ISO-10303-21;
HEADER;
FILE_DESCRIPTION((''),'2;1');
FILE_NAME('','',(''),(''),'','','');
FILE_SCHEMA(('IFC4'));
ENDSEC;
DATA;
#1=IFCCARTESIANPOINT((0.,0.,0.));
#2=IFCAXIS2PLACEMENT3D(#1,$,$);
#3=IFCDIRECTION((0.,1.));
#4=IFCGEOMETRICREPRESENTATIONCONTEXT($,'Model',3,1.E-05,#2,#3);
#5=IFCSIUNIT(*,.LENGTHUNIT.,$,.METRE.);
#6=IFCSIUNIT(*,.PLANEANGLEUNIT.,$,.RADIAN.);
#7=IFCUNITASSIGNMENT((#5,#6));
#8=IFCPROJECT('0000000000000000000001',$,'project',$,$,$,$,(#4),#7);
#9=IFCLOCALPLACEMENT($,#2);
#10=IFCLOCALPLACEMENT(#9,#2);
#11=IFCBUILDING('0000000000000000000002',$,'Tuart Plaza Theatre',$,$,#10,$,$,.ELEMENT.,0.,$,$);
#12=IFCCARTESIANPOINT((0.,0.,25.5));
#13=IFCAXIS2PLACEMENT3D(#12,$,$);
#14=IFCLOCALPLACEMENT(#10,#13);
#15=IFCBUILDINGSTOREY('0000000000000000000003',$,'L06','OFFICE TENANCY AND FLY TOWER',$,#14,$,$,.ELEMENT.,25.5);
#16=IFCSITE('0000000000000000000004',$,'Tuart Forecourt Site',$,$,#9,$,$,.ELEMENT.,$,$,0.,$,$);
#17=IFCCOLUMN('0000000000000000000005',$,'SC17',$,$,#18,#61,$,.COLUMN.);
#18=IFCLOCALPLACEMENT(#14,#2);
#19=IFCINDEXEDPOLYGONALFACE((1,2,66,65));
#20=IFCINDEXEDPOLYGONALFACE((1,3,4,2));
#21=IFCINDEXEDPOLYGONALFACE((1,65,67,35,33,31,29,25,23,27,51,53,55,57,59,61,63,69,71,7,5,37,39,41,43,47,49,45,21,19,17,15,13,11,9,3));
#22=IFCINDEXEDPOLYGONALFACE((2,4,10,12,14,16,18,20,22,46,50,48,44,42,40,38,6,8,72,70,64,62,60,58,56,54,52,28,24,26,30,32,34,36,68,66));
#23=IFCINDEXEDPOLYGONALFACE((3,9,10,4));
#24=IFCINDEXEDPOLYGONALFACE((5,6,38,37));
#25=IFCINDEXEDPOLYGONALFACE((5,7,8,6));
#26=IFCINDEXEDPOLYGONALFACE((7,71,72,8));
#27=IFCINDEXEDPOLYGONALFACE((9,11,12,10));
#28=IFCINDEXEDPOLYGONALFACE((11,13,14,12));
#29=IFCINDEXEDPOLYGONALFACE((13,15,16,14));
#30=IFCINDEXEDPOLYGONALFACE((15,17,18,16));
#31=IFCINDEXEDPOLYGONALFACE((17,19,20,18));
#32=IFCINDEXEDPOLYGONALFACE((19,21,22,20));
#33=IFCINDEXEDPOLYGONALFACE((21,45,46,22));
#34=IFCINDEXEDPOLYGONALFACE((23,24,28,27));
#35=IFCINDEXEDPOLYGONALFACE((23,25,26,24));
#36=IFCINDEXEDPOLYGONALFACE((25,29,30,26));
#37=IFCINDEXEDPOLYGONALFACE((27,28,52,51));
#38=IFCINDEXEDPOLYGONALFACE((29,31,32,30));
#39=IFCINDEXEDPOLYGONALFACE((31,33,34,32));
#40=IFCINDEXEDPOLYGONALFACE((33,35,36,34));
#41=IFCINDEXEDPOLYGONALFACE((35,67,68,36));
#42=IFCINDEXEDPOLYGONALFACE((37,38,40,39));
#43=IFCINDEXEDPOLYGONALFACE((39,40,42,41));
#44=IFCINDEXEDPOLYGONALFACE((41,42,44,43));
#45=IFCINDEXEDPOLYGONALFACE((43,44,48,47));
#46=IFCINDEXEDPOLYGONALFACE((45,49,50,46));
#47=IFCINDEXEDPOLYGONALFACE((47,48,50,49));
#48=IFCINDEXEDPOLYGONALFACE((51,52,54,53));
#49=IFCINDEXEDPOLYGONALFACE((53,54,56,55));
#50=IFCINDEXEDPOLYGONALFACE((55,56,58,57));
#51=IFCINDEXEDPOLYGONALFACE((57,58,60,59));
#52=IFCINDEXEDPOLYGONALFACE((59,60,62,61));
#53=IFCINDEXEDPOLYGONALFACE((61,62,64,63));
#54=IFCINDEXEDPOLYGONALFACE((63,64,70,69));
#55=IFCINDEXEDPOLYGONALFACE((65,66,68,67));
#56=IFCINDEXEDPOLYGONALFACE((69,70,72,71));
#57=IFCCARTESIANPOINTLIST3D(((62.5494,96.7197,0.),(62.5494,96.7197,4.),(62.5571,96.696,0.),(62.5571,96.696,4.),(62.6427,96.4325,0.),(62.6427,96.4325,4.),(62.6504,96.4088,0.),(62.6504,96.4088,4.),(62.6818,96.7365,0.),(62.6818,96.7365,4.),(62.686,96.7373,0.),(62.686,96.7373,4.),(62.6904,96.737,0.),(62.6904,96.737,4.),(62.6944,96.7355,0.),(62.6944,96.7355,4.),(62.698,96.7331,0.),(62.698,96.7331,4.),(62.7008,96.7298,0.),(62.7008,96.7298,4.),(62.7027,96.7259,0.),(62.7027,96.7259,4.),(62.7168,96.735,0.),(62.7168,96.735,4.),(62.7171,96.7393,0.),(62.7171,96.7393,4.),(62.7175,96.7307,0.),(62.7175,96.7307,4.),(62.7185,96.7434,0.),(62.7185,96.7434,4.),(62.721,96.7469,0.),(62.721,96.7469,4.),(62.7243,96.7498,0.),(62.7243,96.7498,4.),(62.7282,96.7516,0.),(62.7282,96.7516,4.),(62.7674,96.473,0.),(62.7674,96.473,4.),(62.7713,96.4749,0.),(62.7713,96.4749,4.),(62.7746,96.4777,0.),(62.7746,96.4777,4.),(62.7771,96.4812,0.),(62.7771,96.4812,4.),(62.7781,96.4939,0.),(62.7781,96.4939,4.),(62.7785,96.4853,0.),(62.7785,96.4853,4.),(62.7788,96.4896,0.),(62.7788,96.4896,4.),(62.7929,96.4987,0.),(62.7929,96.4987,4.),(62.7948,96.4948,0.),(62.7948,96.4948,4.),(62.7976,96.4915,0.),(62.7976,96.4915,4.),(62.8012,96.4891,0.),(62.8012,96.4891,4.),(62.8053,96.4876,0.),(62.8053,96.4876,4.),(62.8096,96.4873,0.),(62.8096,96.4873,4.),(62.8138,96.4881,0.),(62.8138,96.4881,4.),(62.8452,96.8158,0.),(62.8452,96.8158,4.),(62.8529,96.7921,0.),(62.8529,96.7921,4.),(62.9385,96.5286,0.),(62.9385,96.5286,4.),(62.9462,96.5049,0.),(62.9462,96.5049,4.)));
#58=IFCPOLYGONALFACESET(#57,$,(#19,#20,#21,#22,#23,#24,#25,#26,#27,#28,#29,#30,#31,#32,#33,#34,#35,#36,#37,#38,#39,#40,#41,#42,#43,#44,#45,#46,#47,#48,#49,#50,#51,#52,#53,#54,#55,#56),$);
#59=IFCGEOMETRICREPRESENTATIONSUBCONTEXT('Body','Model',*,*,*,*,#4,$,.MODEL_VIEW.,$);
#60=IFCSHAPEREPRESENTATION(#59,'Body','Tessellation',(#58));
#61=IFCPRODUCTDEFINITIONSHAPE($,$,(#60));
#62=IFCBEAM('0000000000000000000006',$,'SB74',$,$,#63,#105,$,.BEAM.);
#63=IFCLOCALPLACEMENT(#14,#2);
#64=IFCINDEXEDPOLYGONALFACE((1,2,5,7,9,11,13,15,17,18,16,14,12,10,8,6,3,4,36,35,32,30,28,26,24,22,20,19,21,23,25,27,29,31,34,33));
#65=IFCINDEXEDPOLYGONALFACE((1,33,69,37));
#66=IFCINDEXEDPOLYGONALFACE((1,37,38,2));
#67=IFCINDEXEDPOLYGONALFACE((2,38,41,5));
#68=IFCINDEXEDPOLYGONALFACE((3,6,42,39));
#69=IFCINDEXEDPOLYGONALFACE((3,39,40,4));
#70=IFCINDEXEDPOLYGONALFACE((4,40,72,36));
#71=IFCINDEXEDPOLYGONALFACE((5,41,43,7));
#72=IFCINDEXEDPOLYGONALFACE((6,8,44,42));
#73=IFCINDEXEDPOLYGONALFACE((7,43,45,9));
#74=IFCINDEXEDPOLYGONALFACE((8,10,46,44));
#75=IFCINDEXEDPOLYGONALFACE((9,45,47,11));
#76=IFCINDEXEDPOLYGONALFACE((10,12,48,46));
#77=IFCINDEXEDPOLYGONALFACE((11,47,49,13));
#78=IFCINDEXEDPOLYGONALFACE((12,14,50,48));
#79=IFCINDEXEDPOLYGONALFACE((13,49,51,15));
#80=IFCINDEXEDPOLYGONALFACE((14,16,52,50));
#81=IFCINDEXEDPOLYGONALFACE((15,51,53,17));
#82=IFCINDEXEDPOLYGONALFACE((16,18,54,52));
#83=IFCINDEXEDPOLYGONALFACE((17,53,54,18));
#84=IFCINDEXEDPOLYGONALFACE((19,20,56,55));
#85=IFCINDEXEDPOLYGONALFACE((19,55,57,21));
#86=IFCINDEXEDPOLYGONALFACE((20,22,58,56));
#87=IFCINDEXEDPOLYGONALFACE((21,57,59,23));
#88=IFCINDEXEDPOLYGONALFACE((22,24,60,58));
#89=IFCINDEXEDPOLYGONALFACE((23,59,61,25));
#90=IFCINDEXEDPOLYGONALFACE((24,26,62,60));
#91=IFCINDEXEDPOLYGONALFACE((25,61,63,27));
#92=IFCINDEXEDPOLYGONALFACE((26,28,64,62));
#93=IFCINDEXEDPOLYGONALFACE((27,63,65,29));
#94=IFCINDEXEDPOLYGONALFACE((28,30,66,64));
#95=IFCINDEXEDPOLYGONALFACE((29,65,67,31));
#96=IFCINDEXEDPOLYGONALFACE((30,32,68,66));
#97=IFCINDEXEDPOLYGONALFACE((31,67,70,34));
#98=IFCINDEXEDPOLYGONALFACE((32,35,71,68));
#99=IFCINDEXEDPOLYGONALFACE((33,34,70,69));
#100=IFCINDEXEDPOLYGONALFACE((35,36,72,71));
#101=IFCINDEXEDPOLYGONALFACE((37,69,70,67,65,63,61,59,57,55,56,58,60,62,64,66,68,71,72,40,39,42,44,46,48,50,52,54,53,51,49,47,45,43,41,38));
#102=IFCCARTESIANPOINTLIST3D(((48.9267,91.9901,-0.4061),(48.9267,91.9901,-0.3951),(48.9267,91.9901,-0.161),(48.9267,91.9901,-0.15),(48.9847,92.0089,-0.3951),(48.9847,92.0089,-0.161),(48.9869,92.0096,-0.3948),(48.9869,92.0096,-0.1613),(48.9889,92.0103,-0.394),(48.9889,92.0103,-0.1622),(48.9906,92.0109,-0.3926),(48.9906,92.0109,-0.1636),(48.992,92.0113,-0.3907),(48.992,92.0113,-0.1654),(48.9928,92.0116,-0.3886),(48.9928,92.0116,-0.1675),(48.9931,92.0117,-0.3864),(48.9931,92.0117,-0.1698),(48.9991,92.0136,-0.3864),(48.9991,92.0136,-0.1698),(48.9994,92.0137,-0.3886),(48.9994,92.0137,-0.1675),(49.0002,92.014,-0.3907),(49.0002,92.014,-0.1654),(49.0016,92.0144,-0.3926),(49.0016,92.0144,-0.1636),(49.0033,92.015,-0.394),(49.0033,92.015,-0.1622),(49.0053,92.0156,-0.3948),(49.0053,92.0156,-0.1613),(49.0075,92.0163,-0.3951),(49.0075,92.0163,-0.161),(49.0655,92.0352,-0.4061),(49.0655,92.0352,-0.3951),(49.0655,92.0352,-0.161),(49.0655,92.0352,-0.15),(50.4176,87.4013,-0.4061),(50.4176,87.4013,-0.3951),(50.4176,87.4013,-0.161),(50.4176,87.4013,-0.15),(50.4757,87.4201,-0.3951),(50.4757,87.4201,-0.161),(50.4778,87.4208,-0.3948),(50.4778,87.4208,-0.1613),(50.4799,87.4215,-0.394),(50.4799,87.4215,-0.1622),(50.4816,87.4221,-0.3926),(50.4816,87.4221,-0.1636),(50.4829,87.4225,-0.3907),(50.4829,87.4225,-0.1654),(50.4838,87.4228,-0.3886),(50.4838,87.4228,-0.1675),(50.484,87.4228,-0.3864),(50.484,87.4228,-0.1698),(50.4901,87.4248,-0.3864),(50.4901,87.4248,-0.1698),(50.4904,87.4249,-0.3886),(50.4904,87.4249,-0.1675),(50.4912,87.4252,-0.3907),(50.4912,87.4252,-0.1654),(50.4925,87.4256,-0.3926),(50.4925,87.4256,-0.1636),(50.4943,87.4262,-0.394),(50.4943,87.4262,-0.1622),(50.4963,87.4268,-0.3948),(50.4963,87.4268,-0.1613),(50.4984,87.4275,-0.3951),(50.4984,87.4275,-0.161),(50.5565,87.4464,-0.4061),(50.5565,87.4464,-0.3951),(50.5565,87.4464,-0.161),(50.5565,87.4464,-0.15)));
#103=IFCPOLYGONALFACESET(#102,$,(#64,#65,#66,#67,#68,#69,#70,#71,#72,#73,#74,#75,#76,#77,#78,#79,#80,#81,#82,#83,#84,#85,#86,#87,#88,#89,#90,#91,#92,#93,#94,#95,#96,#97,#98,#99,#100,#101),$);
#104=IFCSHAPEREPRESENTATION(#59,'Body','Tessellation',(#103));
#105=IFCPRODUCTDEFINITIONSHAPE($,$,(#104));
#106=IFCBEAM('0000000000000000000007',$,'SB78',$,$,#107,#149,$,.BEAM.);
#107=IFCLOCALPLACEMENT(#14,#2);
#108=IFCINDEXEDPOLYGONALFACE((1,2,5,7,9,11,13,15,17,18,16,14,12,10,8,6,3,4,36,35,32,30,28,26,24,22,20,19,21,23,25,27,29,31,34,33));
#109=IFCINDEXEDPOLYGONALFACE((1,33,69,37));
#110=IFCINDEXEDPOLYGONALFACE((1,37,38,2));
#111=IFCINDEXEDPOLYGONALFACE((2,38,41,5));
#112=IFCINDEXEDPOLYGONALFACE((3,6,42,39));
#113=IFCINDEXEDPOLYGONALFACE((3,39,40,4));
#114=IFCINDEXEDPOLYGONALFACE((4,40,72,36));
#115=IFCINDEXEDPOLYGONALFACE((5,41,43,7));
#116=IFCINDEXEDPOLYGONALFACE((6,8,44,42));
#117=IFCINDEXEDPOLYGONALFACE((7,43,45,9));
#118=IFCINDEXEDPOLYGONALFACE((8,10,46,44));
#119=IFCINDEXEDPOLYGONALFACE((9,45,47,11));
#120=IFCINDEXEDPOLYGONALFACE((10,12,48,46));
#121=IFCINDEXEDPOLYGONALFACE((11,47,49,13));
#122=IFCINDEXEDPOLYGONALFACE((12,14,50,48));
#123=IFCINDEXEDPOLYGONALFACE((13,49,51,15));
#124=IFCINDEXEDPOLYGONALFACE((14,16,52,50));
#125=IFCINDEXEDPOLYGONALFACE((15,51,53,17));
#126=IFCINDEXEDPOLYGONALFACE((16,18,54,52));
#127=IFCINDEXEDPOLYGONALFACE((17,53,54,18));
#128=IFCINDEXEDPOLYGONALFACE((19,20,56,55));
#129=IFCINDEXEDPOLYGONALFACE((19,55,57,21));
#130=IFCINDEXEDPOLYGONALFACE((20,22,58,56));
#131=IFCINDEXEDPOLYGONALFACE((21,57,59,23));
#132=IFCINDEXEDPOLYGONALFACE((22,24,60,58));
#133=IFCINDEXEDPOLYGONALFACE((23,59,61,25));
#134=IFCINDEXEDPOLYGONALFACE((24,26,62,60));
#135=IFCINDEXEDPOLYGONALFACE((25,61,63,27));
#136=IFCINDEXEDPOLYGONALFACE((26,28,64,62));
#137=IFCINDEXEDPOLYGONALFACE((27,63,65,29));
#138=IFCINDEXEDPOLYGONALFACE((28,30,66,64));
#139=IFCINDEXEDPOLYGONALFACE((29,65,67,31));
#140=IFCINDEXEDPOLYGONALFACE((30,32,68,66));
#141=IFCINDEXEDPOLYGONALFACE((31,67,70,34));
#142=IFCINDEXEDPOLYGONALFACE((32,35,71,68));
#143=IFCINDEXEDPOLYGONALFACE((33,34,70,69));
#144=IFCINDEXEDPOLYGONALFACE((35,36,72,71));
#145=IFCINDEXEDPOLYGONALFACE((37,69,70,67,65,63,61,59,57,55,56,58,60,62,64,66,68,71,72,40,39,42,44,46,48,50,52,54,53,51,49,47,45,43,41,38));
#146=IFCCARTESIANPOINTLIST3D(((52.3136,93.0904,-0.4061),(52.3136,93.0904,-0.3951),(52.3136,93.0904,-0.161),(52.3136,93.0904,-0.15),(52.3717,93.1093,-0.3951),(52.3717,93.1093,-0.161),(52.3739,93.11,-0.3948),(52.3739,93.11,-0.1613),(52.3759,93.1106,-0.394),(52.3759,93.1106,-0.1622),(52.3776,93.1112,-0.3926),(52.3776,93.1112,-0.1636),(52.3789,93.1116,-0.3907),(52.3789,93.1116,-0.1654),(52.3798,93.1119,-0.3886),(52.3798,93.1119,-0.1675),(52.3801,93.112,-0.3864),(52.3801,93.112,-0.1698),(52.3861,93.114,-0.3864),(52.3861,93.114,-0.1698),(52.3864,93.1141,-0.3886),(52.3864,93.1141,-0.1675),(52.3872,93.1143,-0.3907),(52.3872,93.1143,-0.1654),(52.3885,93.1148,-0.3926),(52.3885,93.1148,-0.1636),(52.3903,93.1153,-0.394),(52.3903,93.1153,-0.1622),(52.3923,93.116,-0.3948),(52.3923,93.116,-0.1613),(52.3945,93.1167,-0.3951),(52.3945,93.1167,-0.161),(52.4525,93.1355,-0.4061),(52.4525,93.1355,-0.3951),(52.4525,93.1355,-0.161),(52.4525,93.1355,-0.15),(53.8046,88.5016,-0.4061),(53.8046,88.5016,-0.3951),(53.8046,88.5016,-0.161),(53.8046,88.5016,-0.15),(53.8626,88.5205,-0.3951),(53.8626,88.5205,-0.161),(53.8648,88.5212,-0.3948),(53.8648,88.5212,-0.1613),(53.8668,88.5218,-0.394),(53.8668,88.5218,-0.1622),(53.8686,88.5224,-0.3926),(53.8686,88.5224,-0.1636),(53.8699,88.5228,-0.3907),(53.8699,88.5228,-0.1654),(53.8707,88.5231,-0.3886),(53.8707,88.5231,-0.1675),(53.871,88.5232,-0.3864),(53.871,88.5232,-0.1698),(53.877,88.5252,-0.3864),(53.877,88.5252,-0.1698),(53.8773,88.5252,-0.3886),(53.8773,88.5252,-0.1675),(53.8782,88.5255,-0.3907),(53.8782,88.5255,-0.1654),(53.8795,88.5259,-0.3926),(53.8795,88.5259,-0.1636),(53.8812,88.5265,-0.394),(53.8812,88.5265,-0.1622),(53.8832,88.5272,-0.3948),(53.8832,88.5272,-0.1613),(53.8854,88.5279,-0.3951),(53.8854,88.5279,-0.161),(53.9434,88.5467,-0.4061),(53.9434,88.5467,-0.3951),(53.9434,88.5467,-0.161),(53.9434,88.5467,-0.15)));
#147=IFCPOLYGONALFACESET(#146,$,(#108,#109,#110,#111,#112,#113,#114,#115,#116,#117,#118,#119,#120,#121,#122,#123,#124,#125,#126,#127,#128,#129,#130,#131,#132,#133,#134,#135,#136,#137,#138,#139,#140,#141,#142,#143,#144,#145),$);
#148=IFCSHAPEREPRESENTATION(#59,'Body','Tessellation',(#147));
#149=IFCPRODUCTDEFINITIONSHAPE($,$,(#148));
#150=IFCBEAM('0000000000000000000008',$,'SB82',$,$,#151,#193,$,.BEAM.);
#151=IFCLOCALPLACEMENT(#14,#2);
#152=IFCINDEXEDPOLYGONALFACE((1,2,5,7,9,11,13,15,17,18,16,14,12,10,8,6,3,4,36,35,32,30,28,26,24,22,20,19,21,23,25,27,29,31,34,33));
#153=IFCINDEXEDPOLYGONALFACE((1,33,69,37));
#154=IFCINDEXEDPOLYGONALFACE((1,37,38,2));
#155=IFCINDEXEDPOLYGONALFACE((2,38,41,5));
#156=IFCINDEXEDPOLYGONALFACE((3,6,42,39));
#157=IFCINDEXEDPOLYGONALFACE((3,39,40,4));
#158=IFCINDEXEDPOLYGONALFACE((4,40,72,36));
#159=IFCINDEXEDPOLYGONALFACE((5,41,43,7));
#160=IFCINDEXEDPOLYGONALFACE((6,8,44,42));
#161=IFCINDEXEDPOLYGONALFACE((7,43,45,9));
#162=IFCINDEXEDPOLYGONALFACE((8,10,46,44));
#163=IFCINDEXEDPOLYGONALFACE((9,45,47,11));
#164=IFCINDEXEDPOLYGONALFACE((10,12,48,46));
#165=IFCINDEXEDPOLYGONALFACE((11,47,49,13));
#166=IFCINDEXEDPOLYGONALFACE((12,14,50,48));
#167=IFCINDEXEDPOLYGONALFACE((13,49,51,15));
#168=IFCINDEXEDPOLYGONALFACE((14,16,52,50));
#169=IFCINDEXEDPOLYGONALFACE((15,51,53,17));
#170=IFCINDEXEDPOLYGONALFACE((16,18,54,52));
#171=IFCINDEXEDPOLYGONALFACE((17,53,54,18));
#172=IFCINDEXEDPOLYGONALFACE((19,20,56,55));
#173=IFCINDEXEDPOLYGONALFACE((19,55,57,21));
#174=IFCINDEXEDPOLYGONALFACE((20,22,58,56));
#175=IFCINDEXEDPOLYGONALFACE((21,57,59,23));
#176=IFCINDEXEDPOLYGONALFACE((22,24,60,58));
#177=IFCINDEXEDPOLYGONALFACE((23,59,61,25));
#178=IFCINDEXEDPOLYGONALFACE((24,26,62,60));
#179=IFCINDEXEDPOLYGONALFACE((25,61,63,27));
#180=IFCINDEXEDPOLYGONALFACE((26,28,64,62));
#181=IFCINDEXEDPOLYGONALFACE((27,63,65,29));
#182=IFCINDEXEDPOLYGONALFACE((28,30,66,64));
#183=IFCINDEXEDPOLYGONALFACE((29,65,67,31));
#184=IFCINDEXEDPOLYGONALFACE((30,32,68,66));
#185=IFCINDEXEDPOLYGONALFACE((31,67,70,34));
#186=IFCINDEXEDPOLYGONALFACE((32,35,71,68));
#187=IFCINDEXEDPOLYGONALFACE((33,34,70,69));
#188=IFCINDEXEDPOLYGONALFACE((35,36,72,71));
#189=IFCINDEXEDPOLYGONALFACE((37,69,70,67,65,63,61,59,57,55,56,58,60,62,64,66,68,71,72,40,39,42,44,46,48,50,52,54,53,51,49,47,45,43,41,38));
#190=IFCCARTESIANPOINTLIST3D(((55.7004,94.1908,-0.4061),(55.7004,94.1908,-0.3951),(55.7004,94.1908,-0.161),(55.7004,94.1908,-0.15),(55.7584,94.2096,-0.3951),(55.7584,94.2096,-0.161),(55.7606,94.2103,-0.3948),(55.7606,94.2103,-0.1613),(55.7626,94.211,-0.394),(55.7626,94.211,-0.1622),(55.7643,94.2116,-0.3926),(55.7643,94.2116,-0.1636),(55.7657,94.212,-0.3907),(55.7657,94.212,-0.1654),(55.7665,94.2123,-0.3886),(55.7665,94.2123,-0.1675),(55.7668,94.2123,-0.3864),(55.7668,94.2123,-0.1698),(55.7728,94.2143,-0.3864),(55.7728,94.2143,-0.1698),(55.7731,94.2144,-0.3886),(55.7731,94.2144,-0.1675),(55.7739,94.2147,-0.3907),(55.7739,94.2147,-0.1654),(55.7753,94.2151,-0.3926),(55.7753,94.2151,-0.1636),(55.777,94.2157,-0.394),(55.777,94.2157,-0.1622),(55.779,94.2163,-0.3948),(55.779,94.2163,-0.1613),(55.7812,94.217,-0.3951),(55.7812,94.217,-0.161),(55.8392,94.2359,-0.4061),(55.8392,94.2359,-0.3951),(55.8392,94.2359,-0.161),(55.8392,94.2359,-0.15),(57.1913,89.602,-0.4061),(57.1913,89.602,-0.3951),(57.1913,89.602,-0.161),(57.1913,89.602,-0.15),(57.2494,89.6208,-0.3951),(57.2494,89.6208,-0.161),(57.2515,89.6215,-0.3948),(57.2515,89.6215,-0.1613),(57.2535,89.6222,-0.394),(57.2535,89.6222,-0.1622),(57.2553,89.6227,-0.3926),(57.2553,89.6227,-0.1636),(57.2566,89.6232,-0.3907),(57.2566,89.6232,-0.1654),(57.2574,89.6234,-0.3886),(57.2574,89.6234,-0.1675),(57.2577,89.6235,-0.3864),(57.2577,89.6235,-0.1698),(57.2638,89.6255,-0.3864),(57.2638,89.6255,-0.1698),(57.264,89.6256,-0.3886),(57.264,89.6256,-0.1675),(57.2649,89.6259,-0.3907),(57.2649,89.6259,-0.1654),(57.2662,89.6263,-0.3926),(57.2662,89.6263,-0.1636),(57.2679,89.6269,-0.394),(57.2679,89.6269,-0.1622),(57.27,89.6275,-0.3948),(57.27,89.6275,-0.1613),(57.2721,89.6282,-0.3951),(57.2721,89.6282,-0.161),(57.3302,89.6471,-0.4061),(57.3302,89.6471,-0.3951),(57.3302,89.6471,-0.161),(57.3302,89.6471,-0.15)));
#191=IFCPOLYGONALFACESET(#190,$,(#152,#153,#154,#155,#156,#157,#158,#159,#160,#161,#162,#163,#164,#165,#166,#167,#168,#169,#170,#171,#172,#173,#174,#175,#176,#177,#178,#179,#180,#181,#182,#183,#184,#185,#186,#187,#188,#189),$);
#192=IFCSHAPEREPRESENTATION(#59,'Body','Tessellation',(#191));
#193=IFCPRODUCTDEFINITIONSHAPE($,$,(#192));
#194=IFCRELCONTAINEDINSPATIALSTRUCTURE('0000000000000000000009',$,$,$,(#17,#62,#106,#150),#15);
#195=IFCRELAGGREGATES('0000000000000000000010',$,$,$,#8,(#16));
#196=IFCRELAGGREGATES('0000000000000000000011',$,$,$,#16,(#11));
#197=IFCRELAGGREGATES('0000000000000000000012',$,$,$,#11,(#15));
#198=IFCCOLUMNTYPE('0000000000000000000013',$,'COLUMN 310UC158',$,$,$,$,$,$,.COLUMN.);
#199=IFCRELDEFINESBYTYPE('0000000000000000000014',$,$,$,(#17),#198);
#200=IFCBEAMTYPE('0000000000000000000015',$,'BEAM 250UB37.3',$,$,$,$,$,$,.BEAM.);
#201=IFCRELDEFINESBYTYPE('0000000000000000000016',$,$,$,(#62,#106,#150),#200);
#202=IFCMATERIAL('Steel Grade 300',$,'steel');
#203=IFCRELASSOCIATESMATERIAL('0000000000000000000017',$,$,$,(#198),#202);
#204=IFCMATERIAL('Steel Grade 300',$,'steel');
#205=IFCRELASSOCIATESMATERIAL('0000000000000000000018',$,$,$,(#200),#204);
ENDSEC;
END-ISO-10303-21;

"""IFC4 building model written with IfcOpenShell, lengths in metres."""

from ifc_helpers import new_model, si_unit, direction, frame, origin, origin_2d, place, context, subcontext, project, spatial, i_section, extrude, material, material_profile, profile_set, type_object, element, save


model = new_model("IFC4")

# Units and contexts
model_context = context("Model", 3, precision=1e-05, world=origin(), true_north=direction((0.0, 1.0)))
body_context = subcontext(model_context, "Body", "Model", "MODEL_VIEW")
ifc_project = project(units=[si_unit("LENGTHUNIT", "METRE"), si_unit("PLANEANGLEUNIT", "RADIAN")], contexts=[model_context])

# Site, building, storey
site_placement = place(None, origin())
site = spatial("IfcSite", under=ifc_project, at=site_placement, Name="Tuart Forecourt Site", CompositionType="ELEMENT", RefElevation=0.0)
building_placement = place(site_placement, origin())
building = spatial("IfcBuilding", under=site, at=building_placement, Name="Tuart Plaza Theatre", CompositionType="ELEMENT", ElevationOfRefHeight=0.0)
storey_placement = place(building_placement, frame((0.0, 0.0, 25.5)))
storey = spatial("IfcBuildingStorey", under=building, at=storey_placement, Name="L06", Description="OFFICE TENANCY AND FLY TOWER", CompositionType="ELEMENT", Elevation=25.5)

# Column
ifc_material_1 = material(Name="Steel Grade 300", Category="steel")
ifc_material_profile_1 = material_profile(ifc_material_1, i_section(OverallWidth=0.311, OverallDepth=0.3269, WebThickness=0.0156, FlangeThickness=0.0249, FilletRadius=0.0166, at=origin_2d()), Name="310UC158")
ifc_profile_set_1 = profile_set([ifc_material_profile_1], Name="Steel Grade 300")
column_type = type_object("IfcColumnType", Name="COLUMN 310UC158", PredefinedType="COLUMN", material=ifc_profile_set_1)
column_placement = place(storey_placement, frame((62.7478, 96.6123, 0.0), z_axis=(0.0, 0.0, 1.0), x_axis=(0.951057, 0.309017, 0.0)))
element("IfcColumn", 1, at=column_placement, inside=storey, type_object=column_type, Name="SC17", PredefinedType="COLUMN", context=body_context, shape_type="SweptSolid", body=[
    extrude(i_section(OverallWidth=0.311, OverallDepth=0.3269, WebThickness=0.0156, FlangeThickness=0.0249, FilletRadius=0.0166, at=origin_2d()), origin(), (0.0, 0.0, 1.0), 4.0),
])

# Beams
ifc_material_2 = material(Name="Steel Grade 300", Category="steel")
ifc_material_profile_2 = material_profile(ifc_material_2, i_section(OverallWidth=0.146, OverallDepth=0.2561, WebThickness=0.0063, FlangeThickness=0.011, FilletRadius=0.0088, at=origin_2d()), Name="250UB37.3")
ifc_profile_set_2 = profile_set([ifc_material_profile_2], Name="Steel Grade 300")
beam_type = type_object("IfcBeamType", Name="BEAM 250UB37.3", PredefinedType="BEAM", material=ifc_profile_set_2)
for number, where, z_axis, x_axis, name in (
    (2, (50.4871, 87.4238, -0.2781), (-0.309008, 0.951059, 0.0), (-0.951059, -0.309008, 0.0), "SB74"),
    (3, (53.874, 88.5242, -0.2781), (-0.309008, 0.951059, 0.0), (-0.951059, -0.309008, 0.0), "SB78"),
    (4, (57.2607, 89.6245, -0.2781), (-0.309008, 0.951059, 0.0), (-0.951059, -0.309008, 0.0), "SB82"),
):
    element("IfcBeam", number, at=place(storey_placement, frame(where, z_axis=z_axis, x_axis=x_axis)), inside=storey, type_object=beam_type, Name=name, PredefinedType="BEAM", context=body_context, shape_type="SweptSolid", body=[
        extrude(i_section(OverallWidth=0.146, OverallDepth=0.2561, WebThickness=0.0063, FlangeThickness=0.011, FilletRadius=0.0088, at=origin_2d()), origin(), (0.0, 0.0, 1.0), 4.825),
    ])

save(model, "model.ifc")
